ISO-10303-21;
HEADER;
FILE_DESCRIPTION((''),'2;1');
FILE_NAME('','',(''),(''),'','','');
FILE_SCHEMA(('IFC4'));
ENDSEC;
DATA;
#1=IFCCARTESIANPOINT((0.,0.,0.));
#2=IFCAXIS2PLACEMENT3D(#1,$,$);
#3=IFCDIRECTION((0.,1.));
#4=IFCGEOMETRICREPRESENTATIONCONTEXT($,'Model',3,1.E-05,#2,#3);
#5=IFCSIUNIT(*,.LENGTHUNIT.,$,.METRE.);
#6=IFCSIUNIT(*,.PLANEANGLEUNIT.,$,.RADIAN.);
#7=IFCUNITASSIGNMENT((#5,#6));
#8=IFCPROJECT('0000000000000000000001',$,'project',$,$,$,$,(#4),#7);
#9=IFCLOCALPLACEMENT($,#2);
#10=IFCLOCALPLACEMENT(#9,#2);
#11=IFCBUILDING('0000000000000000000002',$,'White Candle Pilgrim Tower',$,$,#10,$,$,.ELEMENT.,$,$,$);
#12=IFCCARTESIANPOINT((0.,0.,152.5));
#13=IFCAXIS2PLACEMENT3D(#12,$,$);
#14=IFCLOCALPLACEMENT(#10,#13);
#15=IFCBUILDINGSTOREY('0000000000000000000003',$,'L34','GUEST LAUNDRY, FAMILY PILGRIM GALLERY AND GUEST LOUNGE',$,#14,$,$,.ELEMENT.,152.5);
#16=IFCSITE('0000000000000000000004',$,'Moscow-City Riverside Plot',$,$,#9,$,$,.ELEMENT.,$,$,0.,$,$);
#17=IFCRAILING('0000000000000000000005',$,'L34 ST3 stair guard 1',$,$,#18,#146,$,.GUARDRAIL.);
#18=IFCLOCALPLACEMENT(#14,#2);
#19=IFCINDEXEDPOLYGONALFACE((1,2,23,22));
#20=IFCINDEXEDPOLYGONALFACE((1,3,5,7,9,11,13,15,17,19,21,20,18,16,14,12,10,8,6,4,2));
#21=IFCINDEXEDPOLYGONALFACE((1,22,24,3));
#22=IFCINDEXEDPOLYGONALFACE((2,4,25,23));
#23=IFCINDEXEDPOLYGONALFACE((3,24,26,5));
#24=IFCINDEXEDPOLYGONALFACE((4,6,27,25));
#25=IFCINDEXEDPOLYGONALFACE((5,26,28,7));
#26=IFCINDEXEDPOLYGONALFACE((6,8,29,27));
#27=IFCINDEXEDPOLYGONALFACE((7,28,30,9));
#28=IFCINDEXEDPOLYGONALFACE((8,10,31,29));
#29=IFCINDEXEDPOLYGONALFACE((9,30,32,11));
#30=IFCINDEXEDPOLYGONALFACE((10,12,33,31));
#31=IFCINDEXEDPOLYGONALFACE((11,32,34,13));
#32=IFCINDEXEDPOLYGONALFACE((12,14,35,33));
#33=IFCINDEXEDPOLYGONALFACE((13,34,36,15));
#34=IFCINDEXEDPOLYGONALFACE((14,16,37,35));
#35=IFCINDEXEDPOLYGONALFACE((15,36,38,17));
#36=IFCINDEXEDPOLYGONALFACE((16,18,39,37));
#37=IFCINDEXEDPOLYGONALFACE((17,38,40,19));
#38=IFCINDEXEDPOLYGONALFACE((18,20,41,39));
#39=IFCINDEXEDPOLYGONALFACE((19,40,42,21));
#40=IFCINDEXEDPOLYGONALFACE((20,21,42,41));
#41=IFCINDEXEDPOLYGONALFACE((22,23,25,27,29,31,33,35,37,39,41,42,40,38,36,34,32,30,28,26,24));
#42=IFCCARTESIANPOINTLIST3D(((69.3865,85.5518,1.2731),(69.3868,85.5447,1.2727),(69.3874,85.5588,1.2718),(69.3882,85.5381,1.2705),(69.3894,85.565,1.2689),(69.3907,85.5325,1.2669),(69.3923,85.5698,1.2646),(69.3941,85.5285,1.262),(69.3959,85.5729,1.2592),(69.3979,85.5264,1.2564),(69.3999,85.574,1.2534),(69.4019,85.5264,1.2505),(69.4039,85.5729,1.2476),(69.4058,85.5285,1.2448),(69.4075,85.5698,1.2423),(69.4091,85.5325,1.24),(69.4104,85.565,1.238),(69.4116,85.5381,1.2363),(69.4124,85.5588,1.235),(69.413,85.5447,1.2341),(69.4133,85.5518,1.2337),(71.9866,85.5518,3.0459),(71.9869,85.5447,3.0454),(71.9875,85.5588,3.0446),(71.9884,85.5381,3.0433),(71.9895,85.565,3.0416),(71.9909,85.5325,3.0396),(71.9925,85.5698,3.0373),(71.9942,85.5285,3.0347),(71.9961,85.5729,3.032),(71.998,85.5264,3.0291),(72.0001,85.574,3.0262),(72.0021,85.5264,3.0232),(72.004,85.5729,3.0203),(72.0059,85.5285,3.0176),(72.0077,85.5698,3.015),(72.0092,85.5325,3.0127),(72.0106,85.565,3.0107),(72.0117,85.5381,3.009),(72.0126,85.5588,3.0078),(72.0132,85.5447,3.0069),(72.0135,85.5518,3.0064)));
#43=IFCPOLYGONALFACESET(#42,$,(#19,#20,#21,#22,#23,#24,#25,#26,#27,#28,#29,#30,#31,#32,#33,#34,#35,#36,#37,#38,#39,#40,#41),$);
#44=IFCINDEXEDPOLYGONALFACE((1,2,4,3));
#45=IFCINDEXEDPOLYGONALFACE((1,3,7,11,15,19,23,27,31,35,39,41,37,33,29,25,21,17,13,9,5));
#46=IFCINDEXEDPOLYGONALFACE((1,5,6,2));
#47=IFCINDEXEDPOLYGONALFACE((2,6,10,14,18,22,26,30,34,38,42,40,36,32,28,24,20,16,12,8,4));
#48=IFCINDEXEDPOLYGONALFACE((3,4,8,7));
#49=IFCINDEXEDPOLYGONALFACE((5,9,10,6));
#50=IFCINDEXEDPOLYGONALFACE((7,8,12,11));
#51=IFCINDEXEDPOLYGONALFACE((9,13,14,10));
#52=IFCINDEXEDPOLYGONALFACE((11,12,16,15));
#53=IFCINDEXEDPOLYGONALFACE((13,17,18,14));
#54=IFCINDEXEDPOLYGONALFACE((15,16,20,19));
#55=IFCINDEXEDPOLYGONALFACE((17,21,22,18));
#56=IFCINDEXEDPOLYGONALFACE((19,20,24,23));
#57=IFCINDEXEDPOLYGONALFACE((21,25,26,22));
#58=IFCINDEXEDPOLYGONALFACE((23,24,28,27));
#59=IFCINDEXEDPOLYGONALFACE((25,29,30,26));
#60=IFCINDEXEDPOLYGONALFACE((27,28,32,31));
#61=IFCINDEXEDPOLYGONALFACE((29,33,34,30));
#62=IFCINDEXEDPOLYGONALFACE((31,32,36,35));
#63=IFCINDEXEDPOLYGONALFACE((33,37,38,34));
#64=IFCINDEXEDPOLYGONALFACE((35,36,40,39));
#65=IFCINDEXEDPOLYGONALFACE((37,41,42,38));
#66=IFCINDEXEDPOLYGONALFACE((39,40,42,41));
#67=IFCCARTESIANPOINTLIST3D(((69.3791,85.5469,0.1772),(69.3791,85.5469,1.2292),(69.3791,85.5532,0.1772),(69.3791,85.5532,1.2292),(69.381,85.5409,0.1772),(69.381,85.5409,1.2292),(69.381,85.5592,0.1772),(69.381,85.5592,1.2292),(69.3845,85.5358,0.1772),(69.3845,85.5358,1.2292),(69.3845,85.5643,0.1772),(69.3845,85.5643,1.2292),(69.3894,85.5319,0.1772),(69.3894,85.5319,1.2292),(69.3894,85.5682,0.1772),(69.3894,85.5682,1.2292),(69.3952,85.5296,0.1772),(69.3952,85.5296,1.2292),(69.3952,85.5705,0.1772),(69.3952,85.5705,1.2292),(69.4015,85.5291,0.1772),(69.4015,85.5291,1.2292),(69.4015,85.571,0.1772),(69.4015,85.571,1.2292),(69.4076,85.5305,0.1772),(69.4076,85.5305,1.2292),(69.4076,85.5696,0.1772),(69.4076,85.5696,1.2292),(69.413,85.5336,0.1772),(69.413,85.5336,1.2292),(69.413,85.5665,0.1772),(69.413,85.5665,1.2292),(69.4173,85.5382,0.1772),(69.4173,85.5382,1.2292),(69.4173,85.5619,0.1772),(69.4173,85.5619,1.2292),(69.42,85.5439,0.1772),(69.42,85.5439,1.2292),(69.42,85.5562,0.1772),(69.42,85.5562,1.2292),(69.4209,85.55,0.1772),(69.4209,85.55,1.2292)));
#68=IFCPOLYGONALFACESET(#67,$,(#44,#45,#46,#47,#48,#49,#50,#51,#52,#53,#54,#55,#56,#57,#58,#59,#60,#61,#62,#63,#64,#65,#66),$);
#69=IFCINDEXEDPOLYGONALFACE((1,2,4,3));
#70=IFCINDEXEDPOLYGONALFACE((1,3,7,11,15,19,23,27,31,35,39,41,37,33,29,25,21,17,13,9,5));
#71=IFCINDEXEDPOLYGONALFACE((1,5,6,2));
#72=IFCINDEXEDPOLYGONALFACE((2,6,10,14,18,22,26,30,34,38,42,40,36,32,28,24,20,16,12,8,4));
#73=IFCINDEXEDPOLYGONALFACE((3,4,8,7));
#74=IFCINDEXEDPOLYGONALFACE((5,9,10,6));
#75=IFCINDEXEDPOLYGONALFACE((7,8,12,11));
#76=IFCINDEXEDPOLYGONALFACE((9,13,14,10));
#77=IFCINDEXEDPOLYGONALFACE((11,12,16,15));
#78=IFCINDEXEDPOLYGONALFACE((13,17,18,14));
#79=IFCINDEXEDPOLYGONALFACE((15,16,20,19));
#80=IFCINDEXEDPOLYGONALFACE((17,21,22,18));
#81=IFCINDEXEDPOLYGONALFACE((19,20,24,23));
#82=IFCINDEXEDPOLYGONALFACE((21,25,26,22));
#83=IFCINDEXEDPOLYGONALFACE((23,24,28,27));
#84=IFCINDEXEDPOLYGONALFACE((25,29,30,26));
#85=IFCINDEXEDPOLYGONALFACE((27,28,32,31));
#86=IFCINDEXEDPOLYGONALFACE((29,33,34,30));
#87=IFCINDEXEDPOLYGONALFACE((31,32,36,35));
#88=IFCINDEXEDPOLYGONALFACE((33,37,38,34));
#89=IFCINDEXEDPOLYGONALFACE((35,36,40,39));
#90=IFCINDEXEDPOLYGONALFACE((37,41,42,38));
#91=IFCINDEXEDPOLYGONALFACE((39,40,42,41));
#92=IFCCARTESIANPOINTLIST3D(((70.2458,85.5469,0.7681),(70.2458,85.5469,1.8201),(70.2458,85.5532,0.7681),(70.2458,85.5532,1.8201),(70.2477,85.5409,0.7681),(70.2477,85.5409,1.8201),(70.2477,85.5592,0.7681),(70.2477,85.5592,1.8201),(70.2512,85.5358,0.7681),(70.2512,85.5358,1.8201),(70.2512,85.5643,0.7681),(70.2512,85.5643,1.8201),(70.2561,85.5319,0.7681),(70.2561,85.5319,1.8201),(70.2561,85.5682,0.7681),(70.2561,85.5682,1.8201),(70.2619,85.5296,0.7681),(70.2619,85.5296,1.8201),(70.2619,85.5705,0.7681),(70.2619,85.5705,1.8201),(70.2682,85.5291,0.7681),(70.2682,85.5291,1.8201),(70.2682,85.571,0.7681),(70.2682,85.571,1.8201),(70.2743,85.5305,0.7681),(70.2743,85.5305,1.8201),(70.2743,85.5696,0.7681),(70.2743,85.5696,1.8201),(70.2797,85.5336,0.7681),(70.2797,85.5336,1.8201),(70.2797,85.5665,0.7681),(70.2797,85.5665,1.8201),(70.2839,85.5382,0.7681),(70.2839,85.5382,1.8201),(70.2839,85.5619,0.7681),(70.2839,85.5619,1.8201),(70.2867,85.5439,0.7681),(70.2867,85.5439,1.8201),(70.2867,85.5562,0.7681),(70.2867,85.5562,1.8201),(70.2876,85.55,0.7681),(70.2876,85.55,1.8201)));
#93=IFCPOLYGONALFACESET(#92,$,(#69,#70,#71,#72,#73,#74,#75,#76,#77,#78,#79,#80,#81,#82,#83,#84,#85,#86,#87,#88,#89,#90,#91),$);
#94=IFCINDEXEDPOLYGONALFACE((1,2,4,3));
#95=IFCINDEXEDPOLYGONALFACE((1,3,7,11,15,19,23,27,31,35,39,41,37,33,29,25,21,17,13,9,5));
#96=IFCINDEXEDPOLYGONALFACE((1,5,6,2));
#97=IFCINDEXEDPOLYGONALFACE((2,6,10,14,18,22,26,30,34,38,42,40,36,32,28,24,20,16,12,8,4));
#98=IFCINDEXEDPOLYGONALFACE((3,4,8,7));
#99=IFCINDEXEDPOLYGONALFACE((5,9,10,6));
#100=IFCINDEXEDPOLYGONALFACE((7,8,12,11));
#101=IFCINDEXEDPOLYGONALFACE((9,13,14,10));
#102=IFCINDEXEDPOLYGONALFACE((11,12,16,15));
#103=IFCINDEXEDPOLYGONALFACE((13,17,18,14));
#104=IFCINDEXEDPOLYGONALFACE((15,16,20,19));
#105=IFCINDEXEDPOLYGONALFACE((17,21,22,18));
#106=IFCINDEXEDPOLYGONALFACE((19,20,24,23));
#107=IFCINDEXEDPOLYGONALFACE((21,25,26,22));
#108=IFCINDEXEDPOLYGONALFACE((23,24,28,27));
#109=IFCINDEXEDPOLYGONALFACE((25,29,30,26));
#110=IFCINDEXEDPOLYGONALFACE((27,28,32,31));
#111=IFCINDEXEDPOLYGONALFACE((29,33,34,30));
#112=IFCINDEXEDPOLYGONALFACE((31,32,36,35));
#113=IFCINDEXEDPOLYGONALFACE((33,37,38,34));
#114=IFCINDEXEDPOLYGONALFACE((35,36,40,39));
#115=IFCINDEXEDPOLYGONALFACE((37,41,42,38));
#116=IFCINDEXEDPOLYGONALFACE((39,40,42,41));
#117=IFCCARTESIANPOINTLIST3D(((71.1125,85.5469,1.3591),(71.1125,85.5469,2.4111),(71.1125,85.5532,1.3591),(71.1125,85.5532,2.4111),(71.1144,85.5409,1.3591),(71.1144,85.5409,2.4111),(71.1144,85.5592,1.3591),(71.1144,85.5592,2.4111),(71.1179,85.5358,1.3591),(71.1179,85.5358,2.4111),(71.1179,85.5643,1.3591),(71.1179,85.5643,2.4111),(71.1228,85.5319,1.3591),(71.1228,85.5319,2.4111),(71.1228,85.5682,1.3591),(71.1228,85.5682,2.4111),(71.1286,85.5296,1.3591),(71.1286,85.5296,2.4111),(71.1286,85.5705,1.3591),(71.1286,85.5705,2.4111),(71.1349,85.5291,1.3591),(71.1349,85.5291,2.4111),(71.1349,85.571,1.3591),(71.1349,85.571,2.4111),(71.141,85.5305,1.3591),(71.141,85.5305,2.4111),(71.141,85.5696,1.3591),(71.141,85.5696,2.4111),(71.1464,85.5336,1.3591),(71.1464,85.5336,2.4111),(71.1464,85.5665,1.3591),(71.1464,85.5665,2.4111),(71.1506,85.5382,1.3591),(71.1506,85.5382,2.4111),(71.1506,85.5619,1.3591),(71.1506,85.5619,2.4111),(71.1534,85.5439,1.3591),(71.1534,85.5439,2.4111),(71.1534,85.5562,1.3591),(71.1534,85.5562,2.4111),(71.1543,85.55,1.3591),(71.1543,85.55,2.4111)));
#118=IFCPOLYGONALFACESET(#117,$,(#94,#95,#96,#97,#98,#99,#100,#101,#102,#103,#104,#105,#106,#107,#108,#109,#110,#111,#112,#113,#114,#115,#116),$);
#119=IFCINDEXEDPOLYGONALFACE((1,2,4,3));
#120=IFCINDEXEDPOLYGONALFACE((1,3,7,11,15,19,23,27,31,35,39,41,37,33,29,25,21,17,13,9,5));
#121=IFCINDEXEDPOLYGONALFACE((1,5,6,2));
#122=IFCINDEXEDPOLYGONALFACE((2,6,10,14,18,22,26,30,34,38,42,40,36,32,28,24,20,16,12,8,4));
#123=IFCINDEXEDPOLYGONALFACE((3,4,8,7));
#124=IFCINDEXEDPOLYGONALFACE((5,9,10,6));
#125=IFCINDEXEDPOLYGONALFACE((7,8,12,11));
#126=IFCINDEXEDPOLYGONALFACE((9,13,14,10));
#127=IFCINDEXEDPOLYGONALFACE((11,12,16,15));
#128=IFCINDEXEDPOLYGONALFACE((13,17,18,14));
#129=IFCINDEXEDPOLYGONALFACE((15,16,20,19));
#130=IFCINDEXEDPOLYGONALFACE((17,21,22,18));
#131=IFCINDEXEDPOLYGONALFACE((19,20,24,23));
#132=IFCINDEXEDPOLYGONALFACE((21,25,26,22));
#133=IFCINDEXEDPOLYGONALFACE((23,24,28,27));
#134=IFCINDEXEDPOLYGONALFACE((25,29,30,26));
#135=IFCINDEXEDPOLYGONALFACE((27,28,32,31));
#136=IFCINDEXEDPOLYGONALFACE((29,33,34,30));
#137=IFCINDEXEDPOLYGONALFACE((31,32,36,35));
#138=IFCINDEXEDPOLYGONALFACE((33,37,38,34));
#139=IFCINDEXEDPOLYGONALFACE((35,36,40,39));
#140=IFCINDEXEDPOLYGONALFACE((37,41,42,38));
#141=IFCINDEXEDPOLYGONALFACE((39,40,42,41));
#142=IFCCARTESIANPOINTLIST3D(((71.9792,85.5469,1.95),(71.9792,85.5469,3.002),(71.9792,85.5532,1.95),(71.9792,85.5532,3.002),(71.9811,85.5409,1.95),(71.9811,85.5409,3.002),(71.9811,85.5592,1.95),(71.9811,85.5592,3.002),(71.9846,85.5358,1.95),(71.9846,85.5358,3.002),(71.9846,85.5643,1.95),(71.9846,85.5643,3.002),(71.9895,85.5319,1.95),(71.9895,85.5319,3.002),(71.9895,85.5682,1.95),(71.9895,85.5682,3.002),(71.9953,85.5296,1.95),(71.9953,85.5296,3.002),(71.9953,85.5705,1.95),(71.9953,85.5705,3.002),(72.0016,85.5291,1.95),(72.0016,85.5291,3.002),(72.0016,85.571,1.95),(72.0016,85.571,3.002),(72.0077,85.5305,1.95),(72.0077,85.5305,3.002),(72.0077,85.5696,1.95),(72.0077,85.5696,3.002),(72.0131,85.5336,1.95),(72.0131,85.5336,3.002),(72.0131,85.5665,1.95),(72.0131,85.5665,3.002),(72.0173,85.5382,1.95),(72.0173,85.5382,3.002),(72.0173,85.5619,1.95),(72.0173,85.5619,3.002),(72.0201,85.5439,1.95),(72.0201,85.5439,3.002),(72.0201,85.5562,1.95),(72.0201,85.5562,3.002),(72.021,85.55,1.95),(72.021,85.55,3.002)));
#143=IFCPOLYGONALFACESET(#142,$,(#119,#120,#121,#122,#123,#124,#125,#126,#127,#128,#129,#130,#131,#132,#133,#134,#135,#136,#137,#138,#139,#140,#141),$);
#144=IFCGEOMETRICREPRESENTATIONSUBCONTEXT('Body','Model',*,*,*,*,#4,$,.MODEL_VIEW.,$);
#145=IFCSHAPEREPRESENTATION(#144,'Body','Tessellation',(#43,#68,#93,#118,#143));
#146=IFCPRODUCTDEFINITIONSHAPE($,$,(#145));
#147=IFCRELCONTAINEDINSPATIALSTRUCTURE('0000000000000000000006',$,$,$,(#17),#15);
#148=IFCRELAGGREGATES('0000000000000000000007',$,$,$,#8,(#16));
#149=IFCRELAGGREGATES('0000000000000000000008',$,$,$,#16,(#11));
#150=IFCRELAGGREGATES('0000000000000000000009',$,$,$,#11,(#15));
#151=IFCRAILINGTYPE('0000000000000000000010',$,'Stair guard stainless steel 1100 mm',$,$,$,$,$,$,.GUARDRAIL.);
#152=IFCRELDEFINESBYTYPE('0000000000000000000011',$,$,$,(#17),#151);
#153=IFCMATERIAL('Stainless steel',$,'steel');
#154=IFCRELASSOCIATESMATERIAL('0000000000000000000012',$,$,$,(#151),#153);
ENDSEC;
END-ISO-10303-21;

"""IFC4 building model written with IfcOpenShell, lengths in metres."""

from ifc_helpers import new_model, si_unit, direction, frame, origin, origin_2d, place, context, subcontext, project, spatial, circle, extrude, material, type_object, element, save


model = new_model("IFC4")

# Units and contexts
model_context = context("Model", 3, precision=1e-05, world=origin(), true_north=direction((0.0, 1.0)))
body_context = subcontext(model_context, "Body", "Model", "MODEL_VIEW")
ifc_project = project(units=[si_unit("LENGTHUNIT", "METRE"), si_unit("PLANEANGLEUNIT", "RADIAN")], contexts=[model_context])

# Site, building, storey
site_placement = place(None, origin())
site = spatial("IfcSite", under=ifc_project, at=site_placement, Name="Moscow-City Riverside Plot", CompositionType="ELEMENT", RefElevation=0.0)
building_placement = place(site_placement, origin())
building = spatial("IfcBuilding", under=site, at=building_placement, Name="White Candle Pilgrim Tower", CompositionType="ELEMENT")
storey_placement = place(building_placement, frame((0.0, 0.0, 152.5)))
storey = spatial("IfcBuildingStorey", under=building, at=storey_placement, Name="L34", Description="GUEST LAUNDRY, FAMILY PILGRIM GALLERY AND GUEST LOUNGE", CompositionType="ELEMENT", Elevation=152.5)

# Shared definitions
ifc_material_1 = material(Name="Stainless steel", Category="steel")

# Railing
railing_type_1 = type_object("IfcRailingType", Name="Stair guard stainless steel 1100 mm", PredefinedType="GUARDRAIL", material=ifc_material_1)
railing_1_placement = place(storey_placement, frame((69.3999, 85.55, 0.1772)))
element("IfcRailing", 1, at=railing_1_placement, inside=storey, type_object=railing_type_1, Name="L34 ST3 stair guard 1", PredefinedType="GUARDRAIL", context=body_context, shape_type="SweptSolid", body=[
    extrude(circle(Radius=0.0239, at=origin_2d()), frame((0.0, 0.0, 1.0762), z_axis=(0.82624, 0.0, 0.563318), x_axis=(0.0, 1.0, 0.0)), (0.0, 0.0, 1.0), 3.147),
    extrude(circle(Radius=0.021, at=origin_2d()), origin(), (0.0, 0.0, 1.0), 1.052),
    extrude(circle(Radius=0.021, at=origin_2d()), frame((0.8667, 0.0, 0.5908)), (0.0, 0.0, 1.0), 1.052),
    extrude(circle(Radius=0.021, at=origin_2d()), frame((1.7334, 0.0, 1.1819)), (0.0, 0.0, 1.0), 1.052),
    extrude(circle(Radius=0.021, at=origin_2d()), frame((2.6001, 0.0, 1.7727)), (0.0, 0.0, 1.0), 1.052),
])

save(model, "model.ifc")
